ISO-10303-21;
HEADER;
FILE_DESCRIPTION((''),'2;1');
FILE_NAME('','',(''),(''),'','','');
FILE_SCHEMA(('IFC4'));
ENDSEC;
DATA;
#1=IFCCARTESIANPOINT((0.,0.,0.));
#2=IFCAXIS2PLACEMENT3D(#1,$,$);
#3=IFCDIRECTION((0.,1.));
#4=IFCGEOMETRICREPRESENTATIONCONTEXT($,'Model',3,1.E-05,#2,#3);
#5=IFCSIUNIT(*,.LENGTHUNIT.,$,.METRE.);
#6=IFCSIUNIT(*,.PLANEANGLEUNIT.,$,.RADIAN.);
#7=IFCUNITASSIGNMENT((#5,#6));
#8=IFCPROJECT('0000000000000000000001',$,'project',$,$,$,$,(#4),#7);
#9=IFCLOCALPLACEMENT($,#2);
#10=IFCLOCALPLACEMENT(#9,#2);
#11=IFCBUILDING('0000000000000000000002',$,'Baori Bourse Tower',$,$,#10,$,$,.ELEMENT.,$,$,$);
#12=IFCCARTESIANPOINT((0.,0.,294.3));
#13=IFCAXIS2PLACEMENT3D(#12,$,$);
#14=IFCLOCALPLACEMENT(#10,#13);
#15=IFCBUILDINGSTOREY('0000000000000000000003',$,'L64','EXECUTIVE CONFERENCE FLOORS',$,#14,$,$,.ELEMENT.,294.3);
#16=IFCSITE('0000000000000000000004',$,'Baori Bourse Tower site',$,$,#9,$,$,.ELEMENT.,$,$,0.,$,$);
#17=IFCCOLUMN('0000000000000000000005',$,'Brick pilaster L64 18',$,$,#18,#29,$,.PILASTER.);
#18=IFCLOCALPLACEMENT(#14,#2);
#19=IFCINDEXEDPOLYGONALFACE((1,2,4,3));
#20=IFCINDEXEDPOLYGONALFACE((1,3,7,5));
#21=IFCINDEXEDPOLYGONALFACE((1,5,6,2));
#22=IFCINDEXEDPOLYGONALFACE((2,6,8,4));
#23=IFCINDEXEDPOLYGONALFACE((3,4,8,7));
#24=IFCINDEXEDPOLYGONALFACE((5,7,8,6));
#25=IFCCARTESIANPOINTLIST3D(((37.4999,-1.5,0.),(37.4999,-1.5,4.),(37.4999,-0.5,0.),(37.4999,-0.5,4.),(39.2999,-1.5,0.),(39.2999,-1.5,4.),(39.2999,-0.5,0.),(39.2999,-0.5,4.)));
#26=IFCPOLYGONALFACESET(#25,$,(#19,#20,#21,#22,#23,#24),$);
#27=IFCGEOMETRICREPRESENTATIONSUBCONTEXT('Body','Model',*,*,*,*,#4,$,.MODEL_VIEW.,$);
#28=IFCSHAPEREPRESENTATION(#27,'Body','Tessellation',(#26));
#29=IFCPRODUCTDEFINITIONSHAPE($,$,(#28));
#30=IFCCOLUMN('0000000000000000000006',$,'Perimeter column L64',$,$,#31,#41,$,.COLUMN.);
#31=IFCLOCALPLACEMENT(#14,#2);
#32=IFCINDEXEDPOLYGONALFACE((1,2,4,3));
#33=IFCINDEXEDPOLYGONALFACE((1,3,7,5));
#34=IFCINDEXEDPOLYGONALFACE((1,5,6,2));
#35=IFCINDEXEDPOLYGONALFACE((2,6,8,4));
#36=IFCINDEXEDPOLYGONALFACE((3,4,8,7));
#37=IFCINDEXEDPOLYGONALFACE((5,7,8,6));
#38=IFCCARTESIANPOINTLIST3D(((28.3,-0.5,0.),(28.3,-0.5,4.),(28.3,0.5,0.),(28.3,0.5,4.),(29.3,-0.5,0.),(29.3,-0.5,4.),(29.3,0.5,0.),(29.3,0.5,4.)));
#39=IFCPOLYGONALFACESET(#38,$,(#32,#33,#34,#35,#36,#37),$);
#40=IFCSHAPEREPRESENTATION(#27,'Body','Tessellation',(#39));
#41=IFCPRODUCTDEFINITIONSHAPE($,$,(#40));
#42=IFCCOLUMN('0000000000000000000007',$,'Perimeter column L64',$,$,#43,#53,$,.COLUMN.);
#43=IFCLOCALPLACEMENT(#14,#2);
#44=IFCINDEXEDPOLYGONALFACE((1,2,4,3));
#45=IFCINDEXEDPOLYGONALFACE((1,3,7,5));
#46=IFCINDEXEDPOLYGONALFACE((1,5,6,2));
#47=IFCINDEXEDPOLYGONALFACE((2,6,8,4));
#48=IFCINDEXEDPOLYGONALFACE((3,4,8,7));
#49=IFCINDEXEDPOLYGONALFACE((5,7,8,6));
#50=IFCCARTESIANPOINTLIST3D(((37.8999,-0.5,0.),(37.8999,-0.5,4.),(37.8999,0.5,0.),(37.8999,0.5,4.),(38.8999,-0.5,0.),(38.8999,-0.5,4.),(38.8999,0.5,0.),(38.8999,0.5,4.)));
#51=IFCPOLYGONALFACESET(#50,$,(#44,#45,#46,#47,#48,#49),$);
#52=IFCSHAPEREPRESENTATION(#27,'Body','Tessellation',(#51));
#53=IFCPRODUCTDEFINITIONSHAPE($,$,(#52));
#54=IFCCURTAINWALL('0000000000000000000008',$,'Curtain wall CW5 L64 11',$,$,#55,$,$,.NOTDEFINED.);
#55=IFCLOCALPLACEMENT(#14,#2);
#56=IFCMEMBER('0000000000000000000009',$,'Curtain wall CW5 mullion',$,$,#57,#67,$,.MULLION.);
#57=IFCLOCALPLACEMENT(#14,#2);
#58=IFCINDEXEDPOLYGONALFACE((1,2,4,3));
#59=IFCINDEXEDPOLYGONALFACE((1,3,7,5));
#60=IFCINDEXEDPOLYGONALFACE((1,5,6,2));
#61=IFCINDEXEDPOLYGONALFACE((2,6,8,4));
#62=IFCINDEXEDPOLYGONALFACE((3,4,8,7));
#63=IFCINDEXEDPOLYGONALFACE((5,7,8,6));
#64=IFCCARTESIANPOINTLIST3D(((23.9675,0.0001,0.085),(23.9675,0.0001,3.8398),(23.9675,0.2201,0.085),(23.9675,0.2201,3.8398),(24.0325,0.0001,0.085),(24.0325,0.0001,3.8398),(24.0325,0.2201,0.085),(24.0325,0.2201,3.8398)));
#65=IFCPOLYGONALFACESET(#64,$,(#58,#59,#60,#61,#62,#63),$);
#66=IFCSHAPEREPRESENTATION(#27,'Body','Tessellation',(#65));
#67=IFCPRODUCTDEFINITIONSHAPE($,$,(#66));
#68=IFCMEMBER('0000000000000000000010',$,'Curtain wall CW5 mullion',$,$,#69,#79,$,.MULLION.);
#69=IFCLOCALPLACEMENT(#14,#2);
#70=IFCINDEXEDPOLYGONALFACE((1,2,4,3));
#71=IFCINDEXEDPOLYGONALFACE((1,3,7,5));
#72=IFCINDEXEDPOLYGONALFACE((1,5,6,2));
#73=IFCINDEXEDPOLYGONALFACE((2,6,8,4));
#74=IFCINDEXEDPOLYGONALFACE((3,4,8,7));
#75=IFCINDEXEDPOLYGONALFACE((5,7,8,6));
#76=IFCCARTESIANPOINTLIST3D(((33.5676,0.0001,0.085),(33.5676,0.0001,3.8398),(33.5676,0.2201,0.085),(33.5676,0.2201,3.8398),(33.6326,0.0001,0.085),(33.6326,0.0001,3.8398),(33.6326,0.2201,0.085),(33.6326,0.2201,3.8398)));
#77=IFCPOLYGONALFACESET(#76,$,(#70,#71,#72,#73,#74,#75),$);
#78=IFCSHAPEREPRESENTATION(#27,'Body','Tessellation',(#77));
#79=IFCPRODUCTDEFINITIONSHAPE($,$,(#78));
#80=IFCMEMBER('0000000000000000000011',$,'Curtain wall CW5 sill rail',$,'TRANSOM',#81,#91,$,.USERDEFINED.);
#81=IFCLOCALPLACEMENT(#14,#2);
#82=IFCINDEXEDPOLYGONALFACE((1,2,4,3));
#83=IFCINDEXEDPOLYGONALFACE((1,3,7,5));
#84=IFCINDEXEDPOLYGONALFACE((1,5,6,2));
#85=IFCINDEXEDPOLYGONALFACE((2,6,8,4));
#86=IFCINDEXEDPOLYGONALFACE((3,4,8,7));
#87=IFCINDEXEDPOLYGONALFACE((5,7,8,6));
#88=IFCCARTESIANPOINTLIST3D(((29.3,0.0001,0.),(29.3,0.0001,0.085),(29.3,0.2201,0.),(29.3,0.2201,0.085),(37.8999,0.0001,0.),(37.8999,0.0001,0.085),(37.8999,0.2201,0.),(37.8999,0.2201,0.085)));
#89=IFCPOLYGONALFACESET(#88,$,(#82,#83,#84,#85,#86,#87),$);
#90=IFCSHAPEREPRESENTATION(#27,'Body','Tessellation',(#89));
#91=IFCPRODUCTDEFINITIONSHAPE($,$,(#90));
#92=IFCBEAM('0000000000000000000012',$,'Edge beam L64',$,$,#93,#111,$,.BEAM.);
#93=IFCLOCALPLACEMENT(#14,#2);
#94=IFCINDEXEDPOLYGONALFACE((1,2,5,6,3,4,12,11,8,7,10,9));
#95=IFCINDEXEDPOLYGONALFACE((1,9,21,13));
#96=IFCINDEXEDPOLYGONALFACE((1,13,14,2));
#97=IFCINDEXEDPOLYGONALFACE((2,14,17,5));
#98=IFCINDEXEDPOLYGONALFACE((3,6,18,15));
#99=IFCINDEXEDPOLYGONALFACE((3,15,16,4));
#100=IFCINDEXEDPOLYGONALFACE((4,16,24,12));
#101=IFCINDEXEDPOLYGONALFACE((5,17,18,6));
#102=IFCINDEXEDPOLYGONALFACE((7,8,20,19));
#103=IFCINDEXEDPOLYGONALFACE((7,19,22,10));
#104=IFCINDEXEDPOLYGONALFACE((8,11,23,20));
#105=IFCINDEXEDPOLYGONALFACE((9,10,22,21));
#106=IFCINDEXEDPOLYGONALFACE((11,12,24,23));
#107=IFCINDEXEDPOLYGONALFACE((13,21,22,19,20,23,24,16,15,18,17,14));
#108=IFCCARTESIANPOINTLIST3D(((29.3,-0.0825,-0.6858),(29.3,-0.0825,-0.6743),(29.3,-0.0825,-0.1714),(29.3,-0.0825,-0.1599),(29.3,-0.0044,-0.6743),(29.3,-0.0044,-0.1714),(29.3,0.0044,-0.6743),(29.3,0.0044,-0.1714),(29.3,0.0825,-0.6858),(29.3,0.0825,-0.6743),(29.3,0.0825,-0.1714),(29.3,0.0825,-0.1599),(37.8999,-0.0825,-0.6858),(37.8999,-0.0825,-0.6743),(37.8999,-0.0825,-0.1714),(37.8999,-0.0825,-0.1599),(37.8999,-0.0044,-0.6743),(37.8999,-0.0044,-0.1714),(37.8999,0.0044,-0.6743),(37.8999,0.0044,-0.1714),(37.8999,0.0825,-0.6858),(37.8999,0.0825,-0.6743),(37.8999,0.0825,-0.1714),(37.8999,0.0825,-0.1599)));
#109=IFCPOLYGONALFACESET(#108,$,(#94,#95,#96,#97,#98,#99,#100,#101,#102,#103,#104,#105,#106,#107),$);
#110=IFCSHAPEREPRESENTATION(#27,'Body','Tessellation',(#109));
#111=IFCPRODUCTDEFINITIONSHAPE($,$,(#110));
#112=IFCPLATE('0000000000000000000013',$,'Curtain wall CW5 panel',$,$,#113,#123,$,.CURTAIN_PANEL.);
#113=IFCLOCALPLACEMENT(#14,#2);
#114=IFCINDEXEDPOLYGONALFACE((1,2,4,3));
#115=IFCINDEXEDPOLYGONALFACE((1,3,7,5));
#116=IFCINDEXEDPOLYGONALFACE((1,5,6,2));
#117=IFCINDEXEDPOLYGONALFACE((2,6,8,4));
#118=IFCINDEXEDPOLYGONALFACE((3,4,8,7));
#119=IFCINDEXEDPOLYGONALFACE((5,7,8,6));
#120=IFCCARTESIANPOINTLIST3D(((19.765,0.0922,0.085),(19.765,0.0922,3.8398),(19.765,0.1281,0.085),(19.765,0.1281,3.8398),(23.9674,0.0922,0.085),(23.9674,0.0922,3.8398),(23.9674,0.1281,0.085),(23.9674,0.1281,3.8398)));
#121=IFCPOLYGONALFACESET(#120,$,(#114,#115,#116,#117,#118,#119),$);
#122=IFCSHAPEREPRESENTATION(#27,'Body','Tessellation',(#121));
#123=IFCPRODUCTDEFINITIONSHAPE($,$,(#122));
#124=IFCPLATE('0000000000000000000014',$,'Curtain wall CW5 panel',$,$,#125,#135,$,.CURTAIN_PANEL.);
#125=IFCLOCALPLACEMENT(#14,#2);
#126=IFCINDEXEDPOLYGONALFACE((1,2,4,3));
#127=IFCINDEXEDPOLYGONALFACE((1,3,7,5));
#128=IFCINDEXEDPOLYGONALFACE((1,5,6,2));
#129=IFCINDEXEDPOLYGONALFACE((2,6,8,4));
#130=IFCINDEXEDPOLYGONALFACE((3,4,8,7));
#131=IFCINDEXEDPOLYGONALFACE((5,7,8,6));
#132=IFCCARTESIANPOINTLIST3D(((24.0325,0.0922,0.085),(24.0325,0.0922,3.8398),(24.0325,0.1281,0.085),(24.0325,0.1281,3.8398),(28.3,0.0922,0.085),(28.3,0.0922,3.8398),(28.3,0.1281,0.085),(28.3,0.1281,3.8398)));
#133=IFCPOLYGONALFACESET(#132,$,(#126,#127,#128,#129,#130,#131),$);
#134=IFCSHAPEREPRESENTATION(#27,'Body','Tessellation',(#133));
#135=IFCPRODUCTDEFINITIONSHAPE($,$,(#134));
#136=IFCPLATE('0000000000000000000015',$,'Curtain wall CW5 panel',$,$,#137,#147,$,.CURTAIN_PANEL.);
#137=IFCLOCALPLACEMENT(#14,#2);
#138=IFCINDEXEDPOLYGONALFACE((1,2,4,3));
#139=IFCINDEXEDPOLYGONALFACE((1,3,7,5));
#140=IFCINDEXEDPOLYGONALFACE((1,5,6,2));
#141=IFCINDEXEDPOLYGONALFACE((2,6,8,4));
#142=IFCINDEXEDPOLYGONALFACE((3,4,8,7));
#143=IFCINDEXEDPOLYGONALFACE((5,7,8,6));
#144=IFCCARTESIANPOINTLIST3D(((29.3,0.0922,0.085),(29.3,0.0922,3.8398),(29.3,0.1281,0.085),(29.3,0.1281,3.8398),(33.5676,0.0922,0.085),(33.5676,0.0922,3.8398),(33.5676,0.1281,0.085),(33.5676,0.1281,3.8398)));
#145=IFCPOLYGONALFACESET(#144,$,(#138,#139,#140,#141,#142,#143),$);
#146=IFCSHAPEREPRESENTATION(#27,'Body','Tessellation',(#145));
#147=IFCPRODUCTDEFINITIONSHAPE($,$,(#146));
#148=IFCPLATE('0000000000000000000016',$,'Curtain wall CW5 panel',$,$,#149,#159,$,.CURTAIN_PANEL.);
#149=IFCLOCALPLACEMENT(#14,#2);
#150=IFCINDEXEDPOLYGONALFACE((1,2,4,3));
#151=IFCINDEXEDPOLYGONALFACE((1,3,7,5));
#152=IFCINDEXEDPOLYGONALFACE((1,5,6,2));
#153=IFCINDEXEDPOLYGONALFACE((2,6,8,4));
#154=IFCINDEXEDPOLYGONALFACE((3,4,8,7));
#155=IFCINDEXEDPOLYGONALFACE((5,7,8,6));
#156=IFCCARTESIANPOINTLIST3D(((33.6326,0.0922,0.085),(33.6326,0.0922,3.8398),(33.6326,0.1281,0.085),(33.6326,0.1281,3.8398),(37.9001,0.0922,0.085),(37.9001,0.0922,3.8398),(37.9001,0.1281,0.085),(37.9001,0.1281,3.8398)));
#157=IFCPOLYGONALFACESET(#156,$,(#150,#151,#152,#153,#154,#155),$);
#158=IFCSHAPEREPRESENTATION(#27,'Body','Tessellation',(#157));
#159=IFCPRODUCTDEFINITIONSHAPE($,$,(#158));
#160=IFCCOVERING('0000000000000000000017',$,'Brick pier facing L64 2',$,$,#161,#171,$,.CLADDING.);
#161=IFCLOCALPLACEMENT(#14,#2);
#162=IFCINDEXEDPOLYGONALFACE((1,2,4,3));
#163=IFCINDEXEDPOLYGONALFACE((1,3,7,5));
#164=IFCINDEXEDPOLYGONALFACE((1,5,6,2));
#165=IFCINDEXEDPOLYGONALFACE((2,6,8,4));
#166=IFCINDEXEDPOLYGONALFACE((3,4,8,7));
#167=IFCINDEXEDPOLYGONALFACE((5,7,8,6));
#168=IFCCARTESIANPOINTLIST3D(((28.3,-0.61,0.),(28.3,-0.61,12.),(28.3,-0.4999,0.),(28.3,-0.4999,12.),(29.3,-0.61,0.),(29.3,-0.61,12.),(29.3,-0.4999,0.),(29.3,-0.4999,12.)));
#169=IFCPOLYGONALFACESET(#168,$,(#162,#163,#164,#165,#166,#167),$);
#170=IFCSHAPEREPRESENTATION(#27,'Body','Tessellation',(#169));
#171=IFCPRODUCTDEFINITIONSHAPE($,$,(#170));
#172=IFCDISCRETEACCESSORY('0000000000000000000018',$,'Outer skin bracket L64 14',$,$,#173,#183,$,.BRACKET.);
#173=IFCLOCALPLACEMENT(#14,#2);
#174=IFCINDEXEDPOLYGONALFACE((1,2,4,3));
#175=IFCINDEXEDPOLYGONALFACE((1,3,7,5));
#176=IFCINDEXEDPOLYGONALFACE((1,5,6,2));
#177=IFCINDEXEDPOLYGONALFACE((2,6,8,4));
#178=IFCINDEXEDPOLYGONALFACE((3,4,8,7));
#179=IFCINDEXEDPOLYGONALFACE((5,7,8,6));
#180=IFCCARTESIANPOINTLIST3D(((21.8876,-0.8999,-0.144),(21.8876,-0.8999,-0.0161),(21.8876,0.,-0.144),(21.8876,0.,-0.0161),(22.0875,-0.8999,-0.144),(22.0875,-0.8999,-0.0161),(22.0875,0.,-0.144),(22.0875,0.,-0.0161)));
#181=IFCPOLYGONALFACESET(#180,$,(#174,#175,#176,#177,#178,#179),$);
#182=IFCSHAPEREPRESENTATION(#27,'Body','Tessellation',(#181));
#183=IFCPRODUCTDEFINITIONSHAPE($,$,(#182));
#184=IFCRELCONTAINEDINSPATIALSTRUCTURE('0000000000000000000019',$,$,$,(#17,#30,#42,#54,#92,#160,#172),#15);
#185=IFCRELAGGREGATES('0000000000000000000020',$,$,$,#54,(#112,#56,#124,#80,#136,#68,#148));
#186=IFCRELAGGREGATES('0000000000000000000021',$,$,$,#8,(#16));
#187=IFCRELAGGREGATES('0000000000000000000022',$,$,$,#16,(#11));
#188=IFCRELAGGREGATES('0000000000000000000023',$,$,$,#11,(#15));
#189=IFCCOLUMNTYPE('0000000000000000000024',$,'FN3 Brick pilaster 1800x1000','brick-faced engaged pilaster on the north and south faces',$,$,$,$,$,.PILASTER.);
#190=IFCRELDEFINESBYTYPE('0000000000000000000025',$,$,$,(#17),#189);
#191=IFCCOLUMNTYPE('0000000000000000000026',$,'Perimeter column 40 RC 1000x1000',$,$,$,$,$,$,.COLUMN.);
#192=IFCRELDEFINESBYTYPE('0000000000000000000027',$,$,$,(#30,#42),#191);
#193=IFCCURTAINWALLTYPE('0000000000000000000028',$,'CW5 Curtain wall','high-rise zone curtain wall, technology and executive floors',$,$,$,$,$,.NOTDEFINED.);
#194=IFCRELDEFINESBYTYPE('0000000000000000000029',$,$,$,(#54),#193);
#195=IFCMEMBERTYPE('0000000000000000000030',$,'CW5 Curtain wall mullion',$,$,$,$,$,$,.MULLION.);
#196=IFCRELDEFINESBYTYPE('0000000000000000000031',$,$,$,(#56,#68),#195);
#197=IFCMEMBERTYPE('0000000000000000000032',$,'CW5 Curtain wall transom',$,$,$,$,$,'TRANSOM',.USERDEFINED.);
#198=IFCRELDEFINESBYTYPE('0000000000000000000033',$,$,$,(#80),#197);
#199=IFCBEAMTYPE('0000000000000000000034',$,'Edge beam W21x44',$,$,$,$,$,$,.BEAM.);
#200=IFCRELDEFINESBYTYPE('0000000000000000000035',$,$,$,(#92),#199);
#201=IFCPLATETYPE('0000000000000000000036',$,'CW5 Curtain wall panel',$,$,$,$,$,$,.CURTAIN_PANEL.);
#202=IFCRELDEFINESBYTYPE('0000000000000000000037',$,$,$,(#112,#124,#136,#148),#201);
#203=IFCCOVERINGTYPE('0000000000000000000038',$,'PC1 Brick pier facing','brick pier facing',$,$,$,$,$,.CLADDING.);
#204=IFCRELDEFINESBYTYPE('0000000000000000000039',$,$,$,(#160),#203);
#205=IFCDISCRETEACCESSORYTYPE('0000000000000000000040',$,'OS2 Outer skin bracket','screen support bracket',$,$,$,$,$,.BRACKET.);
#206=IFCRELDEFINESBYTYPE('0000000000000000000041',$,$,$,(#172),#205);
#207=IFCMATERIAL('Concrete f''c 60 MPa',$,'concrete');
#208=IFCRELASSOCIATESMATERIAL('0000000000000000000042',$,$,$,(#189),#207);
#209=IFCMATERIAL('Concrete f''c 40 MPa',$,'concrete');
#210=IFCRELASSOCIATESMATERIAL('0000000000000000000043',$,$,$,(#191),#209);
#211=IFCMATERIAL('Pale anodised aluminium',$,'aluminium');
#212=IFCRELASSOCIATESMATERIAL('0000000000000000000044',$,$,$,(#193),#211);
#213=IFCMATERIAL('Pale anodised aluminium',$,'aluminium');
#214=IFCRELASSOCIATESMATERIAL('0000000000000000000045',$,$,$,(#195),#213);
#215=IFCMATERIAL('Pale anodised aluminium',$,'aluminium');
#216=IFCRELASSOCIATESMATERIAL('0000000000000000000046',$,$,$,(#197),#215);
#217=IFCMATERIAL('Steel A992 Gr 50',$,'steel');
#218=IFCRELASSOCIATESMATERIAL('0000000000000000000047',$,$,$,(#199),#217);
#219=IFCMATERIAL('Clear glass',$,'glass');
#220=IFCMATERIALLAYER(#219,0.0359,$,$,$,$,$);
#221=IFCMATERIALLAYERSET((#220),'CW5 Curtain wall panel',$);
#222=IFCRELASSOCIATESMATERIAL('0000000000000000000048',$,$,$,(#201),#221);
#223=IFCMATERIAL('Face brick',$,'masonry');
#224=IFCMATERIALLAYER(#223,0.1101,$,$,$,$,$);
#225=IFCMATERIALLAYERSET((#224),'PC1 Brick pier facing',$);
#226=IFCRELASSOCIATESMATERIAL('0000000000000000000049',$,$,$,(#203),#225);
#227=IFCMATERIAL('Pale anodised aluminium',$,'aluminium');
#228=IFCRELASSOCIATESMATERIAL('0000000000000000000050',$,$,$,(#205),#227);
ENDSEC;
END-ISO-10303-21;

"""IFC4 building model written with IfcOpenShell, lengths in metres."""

from ifc_helpers import new_model, si_unit, direction, frame, origin, origin_2d, place, context, subcontext, project, spatial, rectangle, i_section, extrude, material, layer, layer_set, material_profile, profile_set, type_object, element, aggregate, save


model = new_model("IFC4")

# Units and contexts
model_context = context("Model", 3, precision=1e-05, world=origin(), true_north=direction((0.0, 1.0)))
body_context = subcontext(model_context, "Body", "Model", "MODEL_VIEW")
ifc_project = project(units=[si_unit("LENGTHUNIT", "METRE"), si_unit("PLANEANGLEUNIT", "RADIAN")], contexts=[model_context])

# Site, building, storey
site_placement = place(None, origin())
site = spatial("IfcSite", under=ifc_project, at=site_placement, Name="Baori Bourse Tower site", CompositionType="ELEMENT", RefElevation=0.0)
building_placement = place(site_placement, origin())
building = spatial("IfcBuilding", under=site, at=building_placement, Name="Baori Bourse Tower", CompositionType="ELEMENT")
storey_placement = place(building_placement, frame((0.0, 0.0, 294.3)))
storey = spatial("IfcBuildingStorey", under=building, at=storey_placement, Name="L64", Description="EXECUTIVE CONFERENCE FLOORS", CompositionType="ELEMENT", Elevation=294.3)

# Columns
ifc_material_1 = material(Name="Concrete f'c 60 MPa", Category="concrete")
ifc_material_profile_1 = material_profile(ifc_material_1, rectangle(XDim=1.8, YDim=1.0, at=origin_2d()), Name="RC 1800x1000")
ifc_profile_set_1 = profile_set([ifc_material_profile_1], Name="Concrete f'c 60 MPa")
column_type_1 = type_object("IfcColumnType", Name="FN3 Brick pilaster 1800x1000", Description="brick-faced engaged pilaster on the north and south faces", PredefinedType="PILASTER", material=ifc_profile_set_1)
column_placement = place(storey_placement, frame((38.3999, -1.0, 0.0), z_axis=(0.0, 0.0, 1.0), x_axis=(1.0, 0.0, 0.0)))
element("IfcColumn", 1, at=column_placement, inside=storey, type_object=column_type_1, Name="Brick pilaster L64 18", PredefinedType="PILASTER", context=body_context, shape_type="SweptSolid", body=[
    extrude(rectangle(XDim=1.8, YDim=1.0, at=origin_2d()), origin(), (0.0, 0.0, 1.0), 4.0),
])
ifc_material_2 = material(Name="Concrete f'c 40 MPa", Category="concrete")
ifc_material_profile_2 = material_profile(ifc_material_2, rectangle(XDim=1.0, YDim=1.0, at=origin_2d()), Name="RC 1000x1000")
ifc_profile_set_2 = profile_set([ifc_material_profile_2], Name="Concrete f'c 40 MPa")
column_type_2 = type_object("IfcColumnType", Name="Perimeter column 40 RC 1000x1000", PredefinedType="COLUMN", material=ifc_profile_set_2)
for number, where, z_axis, x_axis, name in (
    (2, (28.8, 0.0, 0.0), (0.0, 0.0, 1.0), (1.0, 0.0, 0.0), "Perimeter column L64"),
    (3, (38.3999, 0.0, 0.0), (0.0, 0.0, 1.0), (1.0, 0.0, 0.0), "Perimeter column L64"),
):
    element("IfcColumn", number, at=place(storey_placement, frame(where, z_axis=z_axis, x_axis=x_axis)), inside=storey, type_object=column_type_2, Name=name, PredefinedType="COLUMN", context=body_context, shape_type="SweptSolid", body=[
        extrude(rectangle(XDim=1.0, YDim=1.0, at=origin_2d()), origin(), (0.0, 0.0, 1.0), 4.0),
    ])

# Curtain wall, members
ifc_material_3 = material(Name="Pale anodised aluminium", Category="aluminium")
curtain_wall_type = type_object("IfcCurtainWallType", Name="CW5 Curtain wall", Description="high-rise zone curtain wall, technology and executive floors", PredefinedType="NOTDEFINED", material=ifc_material_3)
curtain_wall_placement = place(storey_placement, origin())
curtain_wall = element("IfcCurtainWall", 4, at=curtain_wall_placement, inside=storey, type_object=curtain_wall_type, Name="Curtain wall CW5 L64 11", PredefinedType="NOTDEFINED")
ifc_material_4 = material(Name="Pale anodised aluminium", Category="aluminium")
ifc_material_profile_3 = material_profile(ifc_material_4, rectangle(XDim=0.22, YDim=0.0649, at=origin_2d()), Name="Mullion 65x220")
ifc_profile_set_3 = profile_set([ifc_material_profile_3], Name="Pale anodised aluminium")
member_type_1 = type_object("IfcMemberType", Name="CW5 Curtain wall mullion", PredefinedType="MULLION", material=ifc_profile_set_3)
member_1_placement = place(storey_placement, frame((24.0, 0.1101, 0.085), z_axis=(0.0, 0.0, 1.0), x_axis=(0.0, 1.0, 0.0)))
member_1 = element("IfcMember", 5, at=member_1_placement, type_object=member_type_1, Name="Curtain wall CW5 mullion", PredefinedType="MULLION", context=body_context, shape_type="SweptSolid", body=[
    extrude(rectangle(XDim=0.22, YDim=0.0649, at=origin_2d()), origin(), (0.0, 0.0, 1.0), 3.7549),
])
member_2_placement = place(storey_placement, frame((33.6001, 0.1101, 0.085), z_axis=(0.0, 0.0, 1.0), x_axis=(0.0, 1.0, 0.0)))
member_2 = element("IfcMember", 6, at=member_2_placement, type_object=member_type_1, Name="Curtain wall CW5 mullion", PredefinedType="MULLION", context=body_context, shape_type="SweptSolid", body=[
    extrude(rectangle(XDim=0.22, YDim=0.0649, at=origin_2d()), origin(), (0.0, 0.0, 1.0), 3.7549),
])
ifc_material_5 = material(Name="Pale anodised aluminium", Category="aluminium")
ifc_material_profile_4 = material_profile(ifc_material_5, rectangle(XDim=0.22, YDim=0.085, at=origin_2d()), Name="Transom 85x220")
ifc_profile_set_4 = profile_set([ifc_material_profile_4], Name="Pale anodised aluminium")
member_type_2 = type_object("IfcMemberType", Name="CW5 Curtain wall transom", ElementType="TRANSOM", PredefinedType="USERDEFINED", material=ifc_profile_set_4)
member_3_placement = place(storey_placement, frame((29.3, 0.1101, 0.0425), z_axis=(1.0, 0.0, 0.0), x_axis=(0.0, 1.0, 0.0)))
member_3 = element("IfcMember", 7, at=member_3_placement, type_object=member_type_2, Name="Curtain wall CW5 sill rail", ObjectType="TRANSOM", PredefinedType="USERDEFINED", context=body_context, shape_type="SweptSolid", body=[
    extrude(rectangle(XDim=0.22, YDim=0.085, at=origin_2d()), origin(), (0.0, 0.0, 1.0), 8.5999),
])

# Beam
ifc_material_6 = material(Name="Steel A992 Gr 50", Category="steel")
ifc_material_profile_5 = material_profile(ifc_material_6, i_section(OverallWidth=0.165, OverallDepth=0.5259, WebThickness=0.0088, FlangeThickness=0.0115, at=origin_2d()), Name="W21x44")
ifc_profile_set_5 = profile_set([ifc_material_profile_5], Name="Steel A992 Gr 50")
beam_type = type_object("IfcBeamType", Name="Edge beam W21x44", PredefinedType="BEAM", material=ifc_profile_set_5)
beam_placement = place(storey_placement, frame((29.3, 0.0, -0.4229), z_axis=(1.0, 0.0, 0.0), x_axis=(0.0, 1.0, 0.0)))
element("IfcBeam", 8, at=beam_placement, inside=storey, type_object=beam_type, Name="Edge beam L64", PredefinedType="BEAM", context=body_context, shape_type="SweptSolid", body=[
    extrude(i_section(OverallWidth=0.165, OverallDepth=0.5259, WebThickness=0.0088, FlangeThickness=0.0115, at=origin_2d()), origin(), (0.0, 0.0, 1.0), 8.5999),
])

# Plates
ifc_material_7 = material(Name="Clear glass", Category="glass")
ifc_layer_1 = layer(ifc_material_7, 0.0359)
ifc_layer_set_1 = layer_set([ifc_layer_1], Name="CW5 Curtain wall panel")
plate_type = type_object("IfcPlateType", Name="CW5 Curtain wall panel", PredefinedType="CURTAIN_PANEL", material=ifc_layer_set_1)
plate_1_placement = place(storey_placement, frame((21.8662, 0.1101, 0.085), z_axis=(0.0, 0.0, 1.0), x_axis=(1.0, 0.0, 0.0)))
plate_1 = element("IfcPlate", 9, at=plate_1_placement, type_object=plate_type, Name="Curtain wall CW5 panel", PredefinedType="CURTAIN_PANEL", context=body_context, shape_type="SweptSolid", body=[
    extrude(rectangle(XDim=4.2024, YDim=0.0359, at=origin_2d()), origin(), (0.0, 0.0, 1.0), 3.7549),
])
plate_2_placement = place(storey_placement, frame((26.1663, 0.1101, 0.085), z_axis=(0.0, 0.0, 1.0), x_axis=(1.0, 0.0, 0.0)))
plate_2 = element("IfcPlate", 10, at=plate_2_placement, type_object=plate_type, Name="Curtain wall CW5 panel", PredefinedType="CURTAIN_PANEL", context=body_context, shape_type="SweptSolid", body=[
    extrude(rectangle(XDim=4.2676, YDim=0.0359, at=origin_2d()), origin(), (0.0, 0.0, 1.0), 3.7549),
])
plate_3_placement = place(storey_placement, frame((31.4338, 0.1101, 0.085), z_axis=(0.0, 0.0, 1.0), x_axis=(1.0, 0.0, 0.0)))
plate_3 = element("IfcPlate", 11, at=plate_3_placement, type_object=plate_type, Name="Curtain wall CW5 panel", PredefinedType="CURTAIN_PANEL", context=body_context, shape_type="SweptSolid", body=[
    extrude(rectangle(XDim=4.2676, YDim=0.0359, at=origin_2d()), origin(), (0.0, 0.0, 1.0), 3.7549),
])
plate_4_placement = place(storey_placement, frame((35.7664, 0.1101, 0.085), z_axis=(0.0, 0.0, 1.0), x_axis=(1.0, 0.0, 0.0)))
plate_4 = element("IfcPlate", 12, at=plate_4_placement, type_object=plate_type, Name="Curtain wall CW5 panel", PredefinedType="CURTAIN_PANEL", context=body_context, shape_type="SweptSolid", body=[
    extrude(rectangle(XDim=4.2676, YDim=0.0359, at=origin_2d()), origin(), (0.0, 0.0, 1.0), 3.7549),
])
aggregate(curtain_wall, [plate_1, member_1, plate_2, member_3, plate_3, member_2, plate_4])

# Covering
ifc_material_8 = material(Name="Face brick", Category="masonry")
ifc_layer_2 = layer(ifc_material_8, 0.1101)
ifc_layer_set_2 = layer_set([ifc_layer_2], Name="PC1 Brick pier facing")
covering_type = type_object("IfcCoveringType", Name="PC1 Brick pier facing", Description="brick pier facing", PredefinedType="CLADDING", material=ifc_layer_set_2)
covering_placement = place(storey_placement, frame((28.8, -0.5549, 0.0), z_axis=(0.0, 0.0, 1.0), x_axis=(1.0, 0.0, 0.0)))
element("IfcCovering", 13, at=covering_placement, inside=storey, type_object=covering_type, Name="Brick pier facing L64 2", PredefinedType="CLADDING", context=body_context, shape_type="SweptSolid", body=[
    extrude(rectangle(XDim=1.0, YDim=0.1101, at=origin_2d()), origin(), (0.0, 0.0, 1.0), 12.0),
])

# Discrete accessory
ifc_material_9 = material(Name="Pale anodised aluminium", Category="aluminium")
discrete_accessory_type = type_object("IfcDiscreteAccessoryType", Name="OS2 Outer skin bracket", Description="screen support bracket", PredefinedType="BRACKET", material=ifc_material_9)
for number, where, z_axis, x_axis, name in (
    (14, (21.9875, -0.45, -0.144), (0.0, 0.0, 1.0), (1.0, 0.0, 0.0), "Outer skin bracket L64 14"),
):
    element("IfcDiscreteAccessory", number, at=place(storey_placement, frame(where, z_axis=z_axis, x_axis=x_axis)), inside=storey, type_object=discrete_accessory_type, Name=name, PredefinedType="BRACKET", context=body_context, shape_type="SweptSolid", body=[
        extrude(rectangle(XDim=0.2, YDim=0.8999, at=origin_2d()), origin(), (0.0, 0.0, 1.0), 0.1279),
    ])

save(model, "model.ifc")
